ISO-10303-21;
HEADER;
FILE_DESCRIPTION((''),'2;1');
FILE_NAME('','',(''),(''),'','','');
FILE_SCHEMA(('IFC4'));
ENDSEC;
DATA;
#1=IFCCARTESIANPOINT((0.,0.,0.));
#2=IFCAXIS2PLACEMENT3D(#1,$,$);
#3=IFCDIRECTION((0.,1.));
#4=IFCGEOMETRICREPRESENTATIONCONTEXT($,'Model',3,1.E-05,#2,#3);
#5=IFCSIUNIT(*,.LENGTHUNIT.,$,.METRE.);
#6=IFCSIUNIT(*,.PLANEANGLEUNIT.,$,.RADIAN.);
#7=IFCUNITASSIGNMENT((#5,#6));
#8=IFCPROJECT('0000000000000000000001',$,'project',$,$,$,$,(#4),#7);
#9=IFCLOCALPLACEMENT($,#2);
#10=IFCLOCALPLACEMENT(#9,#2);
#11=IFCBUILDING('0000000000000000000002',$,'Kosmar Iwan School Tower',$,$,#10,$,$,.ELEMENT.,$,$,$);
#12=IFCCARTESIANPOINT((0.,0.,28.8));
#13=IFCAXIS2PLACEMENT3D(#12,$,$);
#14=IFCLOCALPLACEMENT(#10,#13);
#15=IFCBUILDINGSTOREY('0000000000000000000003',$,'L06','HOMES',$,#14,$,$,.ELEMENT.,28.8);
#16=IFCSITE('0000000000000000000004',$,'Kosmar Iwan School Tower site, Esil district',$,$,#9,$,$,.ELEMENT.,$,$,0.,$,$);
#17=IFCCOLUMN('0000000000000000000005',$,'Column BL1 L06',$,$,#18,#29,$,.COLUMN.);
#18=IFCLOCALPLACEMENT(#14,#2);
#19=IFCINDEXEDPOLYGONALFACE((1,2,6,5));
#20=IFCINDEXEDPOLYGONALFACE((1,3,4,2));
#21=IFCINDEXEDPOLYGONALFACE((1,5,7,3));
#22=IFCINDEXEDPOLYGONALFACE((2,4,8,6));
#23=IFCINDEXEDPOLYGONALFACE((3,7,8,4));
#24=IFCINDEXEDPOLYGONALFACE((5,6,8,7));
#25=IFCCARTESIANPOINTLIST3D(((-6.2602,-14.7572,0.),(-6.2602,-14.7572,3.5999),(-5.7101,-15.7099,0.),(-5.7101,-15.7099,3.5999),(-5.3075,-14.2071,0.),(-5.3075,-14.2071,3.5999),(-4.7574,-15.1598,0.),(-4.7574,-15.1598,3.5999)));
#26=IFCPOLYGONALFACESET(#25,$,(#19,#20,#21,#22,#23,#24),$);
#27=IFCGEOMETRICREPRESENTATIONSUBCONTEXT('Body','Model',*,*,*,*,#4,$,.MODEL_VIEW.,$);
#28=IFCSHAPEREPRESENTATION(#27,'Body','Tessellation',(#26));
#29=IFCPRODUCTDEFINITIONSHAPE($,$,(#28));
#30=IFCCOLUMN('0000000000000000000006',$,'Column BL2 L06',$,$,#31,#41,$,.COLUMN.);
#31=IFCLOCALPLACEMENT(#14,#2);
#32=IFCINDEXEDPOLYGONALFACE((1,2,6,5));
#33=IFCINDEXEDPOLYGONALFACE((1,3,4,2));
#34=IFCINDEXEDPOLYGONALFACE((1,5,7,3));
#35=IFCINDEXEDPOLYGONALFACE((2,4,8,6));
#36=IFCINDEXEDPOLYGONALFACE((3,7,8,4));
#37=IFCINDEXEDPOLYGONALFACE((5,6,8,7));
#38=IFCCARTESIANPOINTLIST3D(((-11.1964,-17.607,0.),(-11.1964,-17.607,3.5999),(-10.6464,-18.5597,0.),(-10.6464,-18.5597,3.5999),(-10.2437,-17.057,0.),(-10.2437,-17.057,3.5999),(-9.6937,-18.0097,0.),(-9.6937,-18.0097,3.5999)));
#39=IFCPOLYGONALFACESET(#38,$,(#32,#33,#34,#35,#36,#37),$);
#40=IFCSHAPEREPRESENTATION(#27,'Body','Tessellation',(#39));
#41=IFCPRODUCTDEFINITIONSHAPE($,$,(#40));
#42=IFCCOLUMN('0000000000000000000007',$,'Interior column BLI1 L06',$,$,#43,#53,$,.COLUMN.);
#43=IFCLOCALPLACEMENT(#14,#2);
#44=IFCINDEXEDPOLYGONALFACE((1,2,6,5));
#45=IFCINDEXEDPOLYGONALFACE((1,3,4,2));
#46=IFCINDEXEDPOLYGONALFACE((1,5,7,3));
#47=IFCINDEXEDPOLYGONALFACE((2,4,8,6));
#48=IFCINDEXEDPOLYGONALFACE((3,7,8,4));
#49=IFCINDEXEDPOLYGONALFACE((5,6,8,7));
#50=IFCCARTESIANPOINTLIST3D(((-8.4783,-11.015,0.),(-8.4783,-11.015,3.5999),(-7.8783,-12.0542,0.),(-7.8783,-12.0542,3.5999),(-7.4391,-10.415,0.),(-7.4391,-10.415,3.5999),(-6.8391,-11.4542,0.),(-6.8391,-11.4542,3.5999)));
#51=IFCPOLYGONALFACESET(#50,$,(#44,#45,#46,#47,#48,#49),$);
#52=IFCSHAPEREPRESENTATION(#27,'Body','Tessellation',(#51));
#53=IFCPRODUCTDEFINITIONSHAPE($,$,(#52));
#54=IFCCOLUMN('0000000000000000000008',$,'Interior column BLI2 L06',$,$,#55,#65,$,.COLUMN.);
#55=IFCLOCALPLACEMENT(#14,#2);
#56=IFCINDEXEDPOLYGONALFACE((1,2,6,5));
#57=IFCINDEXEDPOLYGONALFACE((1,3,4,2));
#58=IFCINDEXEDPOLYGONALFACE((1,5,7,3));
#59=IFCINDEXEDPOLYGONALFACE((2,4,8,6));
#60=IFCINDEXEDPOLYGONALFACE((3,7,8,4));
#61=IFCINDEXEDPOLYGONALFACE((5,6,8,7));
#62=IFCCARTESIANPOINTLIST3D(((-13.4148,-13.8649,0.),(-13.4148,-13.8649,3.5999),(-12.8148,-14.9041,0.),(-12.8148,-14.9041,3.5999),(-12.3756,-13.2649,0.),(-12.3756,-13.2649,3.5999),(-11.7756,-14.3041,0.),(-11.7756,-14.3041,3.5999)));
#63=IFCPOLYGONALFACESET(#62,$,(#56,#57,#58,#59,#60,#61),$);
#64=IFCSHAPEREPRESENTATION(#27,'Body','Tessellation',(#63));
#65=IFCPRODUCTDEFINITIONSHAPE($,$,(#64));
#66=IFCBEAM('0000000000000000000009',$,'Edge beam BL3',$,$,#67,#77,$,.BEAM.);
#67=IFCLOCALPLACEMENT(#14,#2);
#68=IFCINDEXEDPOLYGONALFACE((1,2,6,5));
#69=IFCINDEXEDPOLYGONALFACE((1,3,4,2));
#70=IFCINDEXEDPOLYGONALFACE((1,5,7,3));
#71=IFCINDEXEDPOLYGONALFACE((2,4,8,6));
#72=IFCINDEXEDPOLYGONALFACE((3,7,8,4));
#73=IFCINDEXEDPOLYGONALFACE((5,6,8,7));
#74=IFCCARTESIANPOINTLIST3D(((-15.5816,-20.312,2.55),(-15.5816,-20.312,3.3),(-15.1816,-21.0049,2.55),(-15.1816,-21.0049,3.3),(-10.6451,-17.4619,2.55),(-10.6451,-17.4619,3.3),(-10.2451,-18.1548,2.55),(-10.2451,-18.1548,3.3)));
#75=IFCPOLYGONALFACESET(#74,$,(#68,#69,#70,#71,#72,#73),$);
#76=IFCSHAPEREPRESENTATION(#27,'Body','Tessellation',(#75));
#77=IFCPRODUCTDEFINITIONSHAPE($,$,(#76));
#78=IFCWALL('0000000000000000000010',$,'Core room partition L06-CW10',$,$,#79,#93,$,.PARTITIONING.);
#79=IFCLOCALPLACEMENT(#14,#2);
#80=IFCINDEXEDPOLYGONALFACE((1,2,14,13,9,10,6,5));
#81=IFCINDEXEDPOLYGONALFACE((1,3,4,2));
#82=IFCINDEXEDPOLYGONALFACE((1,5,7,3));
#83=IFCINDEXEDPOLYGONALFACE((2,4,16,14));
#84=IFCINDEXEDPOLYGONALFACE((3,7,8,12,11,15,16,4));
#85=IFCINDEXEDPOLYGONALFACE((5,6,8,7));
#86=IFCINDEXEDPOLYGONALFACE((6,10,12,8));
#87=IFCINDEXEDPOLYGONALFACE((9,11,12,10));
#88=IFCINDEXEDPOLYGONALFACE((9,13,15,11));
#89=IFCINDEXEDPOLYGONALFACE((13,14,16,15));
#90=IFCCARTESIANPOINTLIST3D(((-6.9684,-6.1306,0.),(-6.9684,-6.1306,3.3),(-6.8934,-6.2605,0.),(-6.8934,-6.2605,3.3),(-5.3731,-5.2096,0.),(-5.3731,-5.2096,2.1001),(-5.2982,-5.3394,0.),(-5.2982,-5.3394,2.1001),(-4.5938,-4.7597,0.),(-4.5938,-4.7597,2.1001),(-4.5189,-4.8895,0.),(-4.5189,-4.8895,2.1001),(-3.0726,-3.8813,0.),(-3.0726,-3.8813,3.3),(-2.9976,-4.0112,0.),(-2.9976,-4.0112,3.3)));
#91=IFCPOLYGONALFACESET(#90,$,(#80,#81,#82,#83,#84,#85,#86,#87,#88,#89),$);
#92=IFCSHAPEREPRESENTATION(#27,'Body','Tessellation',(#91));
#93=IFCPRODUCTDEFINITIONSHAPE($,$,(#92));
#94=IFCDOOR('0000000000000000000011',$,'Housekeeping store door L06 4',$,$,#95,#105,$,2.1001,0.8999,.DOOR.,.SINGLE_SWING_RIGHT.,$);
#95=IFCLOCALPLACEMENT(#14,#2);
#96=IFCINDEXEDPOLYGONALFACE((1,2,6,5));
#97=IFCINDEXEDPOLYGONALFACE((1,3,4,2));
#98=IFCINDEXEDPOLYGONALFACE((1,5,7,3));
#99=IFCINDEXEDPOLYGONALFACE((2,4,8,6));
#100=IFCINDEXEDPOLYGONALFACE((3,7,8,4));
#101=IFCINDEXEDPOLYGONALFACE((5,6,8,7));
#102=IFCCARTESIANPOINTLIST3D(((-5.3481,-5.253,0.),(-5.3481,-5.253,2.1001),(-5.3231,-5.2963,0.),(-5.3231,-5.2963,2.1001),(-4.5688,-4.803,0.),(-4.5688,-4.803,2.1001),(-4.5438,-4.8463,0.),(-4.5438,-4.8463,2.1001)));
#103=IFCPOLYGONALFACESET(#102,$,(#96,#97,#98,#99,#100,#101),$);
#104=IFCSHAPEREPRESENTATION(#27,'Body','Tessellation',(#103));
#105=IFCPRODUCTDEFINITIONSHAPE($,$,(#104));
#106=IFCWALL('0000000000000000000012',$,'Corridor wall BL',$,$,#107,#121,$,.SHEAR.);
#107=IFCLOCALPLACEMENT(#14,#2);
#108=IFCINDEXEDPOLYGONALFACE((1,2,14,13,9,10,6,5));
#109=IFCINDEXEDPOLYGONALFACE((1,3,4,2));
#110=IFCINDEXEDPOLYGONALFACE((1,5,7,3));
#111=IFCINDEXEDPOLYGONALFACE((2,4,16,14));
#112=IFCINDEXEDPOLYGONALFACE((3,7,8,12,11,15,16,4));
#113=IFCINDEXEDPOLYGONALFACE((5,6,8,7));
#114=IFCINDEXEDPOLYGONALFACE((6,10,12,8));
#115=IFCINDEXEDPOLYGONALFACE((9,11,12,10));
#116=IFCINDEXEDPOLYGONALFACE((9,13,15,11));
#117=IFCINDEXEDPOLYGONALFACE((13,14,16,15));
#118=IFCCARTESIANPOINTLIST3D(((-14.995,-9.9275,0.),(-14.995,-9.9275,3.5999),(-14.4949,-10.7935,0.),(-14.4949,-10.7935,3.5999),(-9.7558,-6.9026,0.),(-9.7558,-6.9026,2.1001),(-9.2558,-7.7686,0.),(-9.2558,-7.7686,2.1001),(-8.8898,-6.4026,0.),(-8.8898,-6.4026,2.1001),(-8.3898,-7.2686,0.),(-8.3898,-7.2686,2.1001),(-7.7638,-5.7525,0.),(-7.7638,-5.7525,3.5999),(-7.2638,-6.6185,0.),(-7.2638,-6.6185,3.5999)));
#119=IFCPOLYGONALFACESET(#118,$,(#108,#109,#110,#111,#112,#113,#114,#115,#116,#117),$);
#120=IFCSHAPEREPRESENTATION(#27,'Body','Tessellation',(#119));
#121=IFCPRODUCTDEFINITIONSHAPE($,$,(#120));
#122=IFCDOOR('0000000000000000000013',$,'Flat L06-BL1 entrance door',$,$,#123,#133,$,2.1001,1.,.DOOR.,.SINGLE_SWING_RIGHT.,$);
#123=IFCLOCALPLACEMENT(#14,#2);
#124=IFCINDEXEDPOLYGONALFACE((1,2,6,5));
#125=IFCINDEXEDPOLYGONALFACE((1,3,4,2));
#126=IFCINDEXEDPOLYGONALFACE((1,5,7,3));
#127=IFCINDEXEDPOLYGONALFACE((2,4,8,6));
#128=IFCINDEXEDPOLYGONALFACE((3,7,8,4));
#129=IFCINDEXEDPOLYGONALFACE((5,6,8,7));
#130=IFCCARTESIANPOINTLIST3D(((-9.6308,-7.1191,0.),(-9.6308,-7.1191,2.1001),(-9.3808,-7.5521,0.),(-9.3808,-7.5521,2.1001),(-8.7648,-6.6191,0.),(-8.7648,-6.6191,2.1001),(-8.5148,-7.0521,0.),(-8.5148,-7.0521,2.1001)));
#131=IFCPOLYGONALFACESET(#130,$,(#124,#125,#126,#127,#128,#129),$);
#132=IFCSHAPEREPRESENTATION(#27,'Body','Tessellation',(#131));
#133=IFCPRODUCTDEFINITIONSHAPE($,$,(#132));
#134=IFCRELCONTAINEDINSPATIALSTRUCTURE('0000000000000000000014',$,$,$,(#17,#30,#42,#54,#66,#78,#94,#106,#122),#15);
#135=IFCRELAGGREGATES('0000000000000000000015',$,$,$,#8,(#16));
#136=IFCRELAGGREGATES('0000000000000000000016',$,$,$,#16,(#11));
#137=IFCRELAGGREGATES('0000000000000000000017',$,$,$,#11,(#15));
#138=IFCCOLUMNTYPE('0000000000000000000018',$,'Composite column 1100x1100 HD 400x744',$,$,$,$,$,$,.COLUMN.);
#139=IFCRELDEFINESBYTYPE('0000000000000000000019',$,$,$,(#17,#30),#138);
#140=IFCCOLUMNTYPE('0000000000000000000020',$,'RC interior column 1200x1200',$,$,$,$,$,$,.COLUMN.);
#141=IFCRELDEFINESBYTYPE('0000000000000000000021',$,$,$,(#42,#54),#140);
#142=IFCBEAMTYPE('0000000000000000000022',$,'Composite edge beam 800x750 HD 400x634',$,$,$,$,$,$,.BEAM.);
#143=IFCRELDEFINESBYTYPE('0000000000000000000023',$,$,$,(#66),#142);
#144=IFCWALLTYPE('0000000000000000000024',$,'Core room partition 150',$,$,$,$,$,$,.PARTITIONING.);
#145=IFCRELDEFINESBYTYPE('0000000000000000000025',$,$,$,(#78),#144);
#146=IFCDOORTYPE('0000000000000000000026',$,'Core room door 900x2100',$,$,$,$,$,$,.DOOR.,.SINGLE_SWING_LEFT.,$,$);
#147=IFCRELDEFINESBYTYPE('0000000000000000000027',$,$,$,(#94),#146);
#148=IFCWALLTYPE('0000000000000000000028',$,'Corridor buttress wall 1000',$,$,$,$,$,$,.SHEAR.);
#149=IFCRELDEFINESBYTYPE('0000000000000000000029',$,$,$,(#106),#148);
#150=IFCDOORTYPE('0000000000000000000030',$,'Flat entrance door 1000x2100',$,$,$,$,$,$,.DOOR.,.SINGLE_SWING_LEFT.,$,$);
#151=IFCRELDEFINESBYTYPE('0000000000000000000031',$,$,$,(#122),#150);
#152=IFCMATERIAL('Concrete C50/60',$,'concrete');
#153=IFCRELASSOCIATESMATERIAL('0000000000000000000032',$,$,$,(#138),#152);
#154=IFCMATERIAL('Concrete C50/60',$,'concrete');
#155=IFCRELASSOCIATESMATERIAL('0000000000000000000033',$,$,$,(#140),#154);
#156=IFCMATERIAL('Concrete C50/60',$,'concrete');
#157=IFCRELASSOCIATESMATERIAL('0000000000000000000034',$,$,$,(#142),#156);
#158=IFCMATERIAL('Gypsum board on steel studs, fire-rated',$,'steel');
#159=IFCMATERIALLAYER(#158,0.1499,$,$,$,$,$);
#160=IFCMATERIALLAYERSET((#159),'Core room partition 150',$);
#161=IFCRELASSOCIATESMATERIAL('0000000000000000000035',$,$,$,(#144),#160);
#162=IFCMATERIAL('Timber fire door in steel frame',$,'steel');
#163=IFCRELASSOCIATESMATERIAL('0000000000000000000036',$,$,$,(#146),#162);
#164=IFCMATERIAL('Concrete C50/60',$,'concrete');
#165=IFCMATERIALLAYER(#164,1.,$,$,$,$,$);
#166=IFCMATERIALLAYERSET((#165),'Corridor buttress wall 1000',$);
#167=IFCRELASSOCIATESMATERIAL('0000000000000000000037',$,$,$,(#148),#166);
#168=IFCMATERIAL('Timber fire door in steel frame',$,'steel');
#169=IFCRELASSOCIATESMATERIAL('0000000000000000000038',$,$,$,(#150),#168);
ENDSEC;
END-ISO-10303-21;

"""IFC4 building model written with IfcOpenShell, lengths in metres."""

from ifc_helpers import new_model, si_unit, direction, frame, frame_2d, origin, origin_2d, place, context, subcontext, project, spatial, rectangle, extrude, material, layer, layer_set, material_profile, profile_set, type_object, element, fill, save


model = new_model("IFC4")

# Units and contexts
model_context = context("Model", 3, precision=1e-05, world=origin(), true_north=direction((0.0, 1.0)))
body_context = subcontext(model_context, "Body", "Model", "MODEL_VIEW")
ifc_project = project(units=[si_unit("LENGTHUNIT", "METRE"), si_unit("PLANEANGLEUNIT", "RADIAN")], contexts=[model_context])

# Site, building, storey
site_placement = place(None, origin())
site = spatial("IfcSite", under=ifc_project, at=site_placement, Name="Kosmar Iwan School Tower site, Esil district", CompositionType="ELEMENT", RefElevation=0.0)
building_placement = place(site_placement, origin())
building = spatial("IfcBuilding", under=site, at=building_placement, Name="Kosmar Iwan School Tower", CompositionType="ELEMENT")
storey_placement = place(building_placement, frame((0.0, 0.0, 28.8)))
storey = spatial("IfcBuildingStorey", under=building, at=storey_placement, Name="L06", Description="HOMES", CompositionType="ELEMENT", Elevation=28.8)

# Columns
ifc_material_1 = material(Name="Concrete C50/60", Category="concrete")
ifc_material_profile_1 = material_profile(ifc_material_1, rectangle(XDim=1.1001, YDim=1.1001, at=origin_2d()), Name="RC 1100x1100 + HD 400x744")
ifc_profile_set_1 = profile_set([ifc_material_profile_1], Name="Concrete C50/60")
column_type_1 = type_object("IfcColumnType", Name="Composite column 1100x1100 HD 400x744", PredefinedType="COLUMN", material=ifc_profile_set_1)
for number, where, z_axis, x_axis, name in (
    (1, (-5.5088, -14.9585, 0.0), (0.0, 0.0, 1.0), (-0.866025, -0.5, 0.0), "Column BL1 L06"),
    (2, (-10.4451, -17.8083, 0.0), (0.0, 0.0, 1.0), (-0.866025, -0.5, 0.0), "Column BL2 L06"),
):
    element("IfcColumn", number, at=place(storey_placement, frame(where, z_axis=z_axis, x_axis=x_axis)), inside=storey, type_object=column_type_1, Name=name, PredefinedType="COLUMN", context=body_context, shape_type="SweptSolid", body=[
        extrude(rectangle(XDim=1.1001, YDim=1.1001, at=origin_2d()), origin(), (0.0, 0.0, 1.0), 3.5999),
    ])
ifc_material_2 = material(Name="Concrete C50/60", Category="concrete")
ifc_material_profile_2 = material_profile(ifc_material_2, rectangle(XDim=1.2, YDim=1.2, at=origin_2d()), Name="RC 1200x1200")
ifc_profile_set_2 = profile_set([ifc_material_profile_2], Name="Concrete C50/60")
column_type_2 = type_object("IfcColumnType", Name="RC interior column 1200x1200", PredefinedType="COLUMN", material=ifc_profile_set_2)
for number, where, z_axis, x_axis, name in (
    (3, (-7.6587, -11.2346, 0.0), (0.0, 0.0, 1.0), (-0.866025, -0.5, 0.0), "Interior column BLI1 L06"),
    (4, (-12.5952, -14.0845, 0.0), (0.0, 0.0, 1.0), (-0.866025, -0.5, 0.0), "Interior column BLI2 L06"),
):
    element("IfcColumn", number, at=place(storey_placement, frame(where, z_axis=z_axis, x_axis=x_axis)), inside=storey, type_object=column_type_2, Name=name, PredefinedType="COLUMN", context=body_context, shape_type="SweptSolid", body=[
        extrude(rectangle(XDim=1.2, YDim=1.2, at=origin_2d()), origin(), (0.0, 0.0, 1.0), 3.5999),
    ])

# Beam
ifc_material_3 = material(Name="Concrete C50/60", Category="concrete")
ifc_material_profile_3 = material_profile(ifc_material_3, rectangle(XDim=0.8, YDim=0.75, at=origin_2d()), Name="RC 800x750 + HD 400x634")
ifc_profile_set_3 = profile_set([ifc_material_profile_3], Name="Concrete C50/60")
beam_type = type_object("IfcBeamType", Name="Composite edge beam 800x750 HD 400x634", PredefinedType="BEAM", material=ifc_profile_set_3)
beam_placement = place(storey_placement, frame((-10.4451, -17.8083, 2.925), z_axis=(-0.866026, -0.499999, 0.0), x_axis=(0.499999, -0.866026, 0.0)))
element("IfcBeam", 5, at=beam_placement, inside=storey, type_object=beam_type, Name="Edge beam BL3", PredefinedType="BEAM", context=body_context, shape_type="SweptSolid", body=[
    extrude(rectangle(XDim=0.8, YDim=0.75, at=origin_2d()), origin(), (0.0, 0.0, 1.0), 5.7002),
])

# Walls, openings, doors
ifc_material_4 = material(Name="Gypsum board on steel studs, fire-rated", Category="steel")
ifc_layer_1 = layer(ifc_material_4, 0.1499)
ifc_layer_set_1 = layer_set([ifc_layer_1], Name="Core room partition 150")
wall_type_1 = type_object("IfcWallType", Name="Core room partition 150", PredefinedType="PARTITIONING", material=ifc_layer_set_1)
wall_1_placement = place(storey_placement, frame((-6.9309, -6.1956, 0.0), z_axis=(0.0, 0.0, 1.0), x_axis=(0.86602, 0.500009, 0.0)))
wall_1 = element("IfcWall", 6, at=wall_1_placement, inside=storey, type_object=wall_type_1, Name="Core room partition L06-CW10", PredefinedType="PARTITIONING", context=body_context, shape_type="SweptSolid", body=[
    extrude(rectangle(XDim=4.4985, YDim=0.1499, at=frame_2d((2.2493, 0.0))), origin(), (0.0, 0.0, 1.0), 3.3),
])
opening_1_placement = place(wall_1_placement, frame((1.842, 0.0, 0.0)))
opening_1 = element("IfcOpeningElement", 7, at=opening_1_placement, cuts=wall_1, PredefinedType="OPENING", context=body_context, shape_type="SweptSolid", body=[
    extrude(rectangle(XDim=0.8999, YDim=2.1001, at=frame_2d((0.45, 1.05))), frame((0.0, 0.0869, 0.0), z_axis=(0.0, -1.0, 0.0), x_axis=(1.0, 0.0, 0.0)), (0.0, 0.0, 1.0), 0.1738),
])
ifc_material_5 = material(Name="Timber fire door in steel frame", Category="steel")
door_type_1 = type_object("IfcDoorType", Name="Core room door 900x2100", OperationType="SINGLE_SWING_LEFT", PredefinedType="DOOR", material=ifc_material_5)
door_1_placement = place(opening_1_placement, origin())
door_1 = element("IfcDoor", 8, at=door_1_placement, inside=storey, type_object=door_type_1, Name="Housekeeping store door L06 4", OperationType="SINGLE_SWING_RIGHT", OverallHeight=2.1001, OverallWidth=0.8999, PredefinedType="DOOR", context=body_context, shape_type="SweptSolid", body=[
    extrude(rectangle(XDim=0.8999, YDim=2.1001, at=frame_2d((0.45, 1.05))), frame((0.0, 0.0249, 0.0), z_axis=(0.0, -1.0, 0.0), x_axis=(1.0, 0.0, 0.0)), (0.0, 0.0, 1.0), 0.05),
])
fill(opening_1, door_1)
ifc_material_6 = material(Name="Concrete C50/60", Category="concrete")
ifc_layer_2 = layer(ifc_material_6, 1.0)
ifc_layer_set_2 = layer_set([ifc_layer_2], Name="Corridor buttress wall 1000")
wall_type_2 = type_object("IfcWallType", Name="Corridor buttress wall 1000", PredefinedType="SHEAR", material=ifc_layer_set_2)
wall_2_placement = place(storey_placement, frame((-7.5139, -6.1855, 0.0), z_axis=(0.0, 0.0, 1.0), x_axis=(-0.86602, -0.50001, 0.0)))
wall_2 = element("IfcWall", 9, at=wall_2_placement, inside=storey, type_object=wall_type_2, Name="Corridor wall BL", PredefinedType="SHEAR", context=body_context, shape_type="SweptSolid", body=[
    extrude(rectangle(XDim=8.3499, YDim=1.0, at=frame_2d((4.1748, 0.0))), origin(), (0.0, 0.0, 1.0), 3.5999),
])
opening_2_placement = place(wall_2_placement, frame((1.3, 0.0, 0.0)))
opening_2 = element("IfcOpeningElement", 10, at=opening_2_placement, cuts=wall_2, PredefinedType="OPENING", context=body_context, shape_type="SweptSolid", body=[
    extrude(rectangle(XDim=1.0, YDim=2.1001, at=frame_2d((0.5, 1.05))), frame((0.0, 0.512, 0.0), z_axis=(0.0, -1.0, 0.0), x_axis=(1.0, 0.0, 0.0)), (0.0, 0.0, 1.0), 1.0239),
])
ifc_material_7 = material(Name="Timber fire door in steel frame", Category="steel")
door_type_2 = type_object("IfcDoorType", Name="Flat entrance door 1000x2100", OperationType="SINGLE_SWING_LEFT", PredefinedType="DOOR", material=ifc_material_7)
door_2_placement = place(opening_2_placement, origin())
door_2 = element("IfcDoor", 11, at=door_2_placement, inside=storey, type_object=door_type_2, Name="Flat L06-BL1 entrance door", OperationType="SINGLE_SWING_RIGHT", OverallHeight=2.1001, OverallWidth=1.0, PredefinedType="DOOR", context=body_context, shape_type="SweptSolid", body=[
    extrude(rectangle(XDim=1.0, YDim=2.1001, at=frame_2d((0.5, 1.05))), frame((0.0, 0.25, 0.0), z_axis=(0.0, -1.0, 0.0), x_axis=(1.0, 0.0, 0.0)), (0.0, 0.0, 1.0), 0.5),
])
fill(opening_2, door_2)

save(model, "model.ifc")
